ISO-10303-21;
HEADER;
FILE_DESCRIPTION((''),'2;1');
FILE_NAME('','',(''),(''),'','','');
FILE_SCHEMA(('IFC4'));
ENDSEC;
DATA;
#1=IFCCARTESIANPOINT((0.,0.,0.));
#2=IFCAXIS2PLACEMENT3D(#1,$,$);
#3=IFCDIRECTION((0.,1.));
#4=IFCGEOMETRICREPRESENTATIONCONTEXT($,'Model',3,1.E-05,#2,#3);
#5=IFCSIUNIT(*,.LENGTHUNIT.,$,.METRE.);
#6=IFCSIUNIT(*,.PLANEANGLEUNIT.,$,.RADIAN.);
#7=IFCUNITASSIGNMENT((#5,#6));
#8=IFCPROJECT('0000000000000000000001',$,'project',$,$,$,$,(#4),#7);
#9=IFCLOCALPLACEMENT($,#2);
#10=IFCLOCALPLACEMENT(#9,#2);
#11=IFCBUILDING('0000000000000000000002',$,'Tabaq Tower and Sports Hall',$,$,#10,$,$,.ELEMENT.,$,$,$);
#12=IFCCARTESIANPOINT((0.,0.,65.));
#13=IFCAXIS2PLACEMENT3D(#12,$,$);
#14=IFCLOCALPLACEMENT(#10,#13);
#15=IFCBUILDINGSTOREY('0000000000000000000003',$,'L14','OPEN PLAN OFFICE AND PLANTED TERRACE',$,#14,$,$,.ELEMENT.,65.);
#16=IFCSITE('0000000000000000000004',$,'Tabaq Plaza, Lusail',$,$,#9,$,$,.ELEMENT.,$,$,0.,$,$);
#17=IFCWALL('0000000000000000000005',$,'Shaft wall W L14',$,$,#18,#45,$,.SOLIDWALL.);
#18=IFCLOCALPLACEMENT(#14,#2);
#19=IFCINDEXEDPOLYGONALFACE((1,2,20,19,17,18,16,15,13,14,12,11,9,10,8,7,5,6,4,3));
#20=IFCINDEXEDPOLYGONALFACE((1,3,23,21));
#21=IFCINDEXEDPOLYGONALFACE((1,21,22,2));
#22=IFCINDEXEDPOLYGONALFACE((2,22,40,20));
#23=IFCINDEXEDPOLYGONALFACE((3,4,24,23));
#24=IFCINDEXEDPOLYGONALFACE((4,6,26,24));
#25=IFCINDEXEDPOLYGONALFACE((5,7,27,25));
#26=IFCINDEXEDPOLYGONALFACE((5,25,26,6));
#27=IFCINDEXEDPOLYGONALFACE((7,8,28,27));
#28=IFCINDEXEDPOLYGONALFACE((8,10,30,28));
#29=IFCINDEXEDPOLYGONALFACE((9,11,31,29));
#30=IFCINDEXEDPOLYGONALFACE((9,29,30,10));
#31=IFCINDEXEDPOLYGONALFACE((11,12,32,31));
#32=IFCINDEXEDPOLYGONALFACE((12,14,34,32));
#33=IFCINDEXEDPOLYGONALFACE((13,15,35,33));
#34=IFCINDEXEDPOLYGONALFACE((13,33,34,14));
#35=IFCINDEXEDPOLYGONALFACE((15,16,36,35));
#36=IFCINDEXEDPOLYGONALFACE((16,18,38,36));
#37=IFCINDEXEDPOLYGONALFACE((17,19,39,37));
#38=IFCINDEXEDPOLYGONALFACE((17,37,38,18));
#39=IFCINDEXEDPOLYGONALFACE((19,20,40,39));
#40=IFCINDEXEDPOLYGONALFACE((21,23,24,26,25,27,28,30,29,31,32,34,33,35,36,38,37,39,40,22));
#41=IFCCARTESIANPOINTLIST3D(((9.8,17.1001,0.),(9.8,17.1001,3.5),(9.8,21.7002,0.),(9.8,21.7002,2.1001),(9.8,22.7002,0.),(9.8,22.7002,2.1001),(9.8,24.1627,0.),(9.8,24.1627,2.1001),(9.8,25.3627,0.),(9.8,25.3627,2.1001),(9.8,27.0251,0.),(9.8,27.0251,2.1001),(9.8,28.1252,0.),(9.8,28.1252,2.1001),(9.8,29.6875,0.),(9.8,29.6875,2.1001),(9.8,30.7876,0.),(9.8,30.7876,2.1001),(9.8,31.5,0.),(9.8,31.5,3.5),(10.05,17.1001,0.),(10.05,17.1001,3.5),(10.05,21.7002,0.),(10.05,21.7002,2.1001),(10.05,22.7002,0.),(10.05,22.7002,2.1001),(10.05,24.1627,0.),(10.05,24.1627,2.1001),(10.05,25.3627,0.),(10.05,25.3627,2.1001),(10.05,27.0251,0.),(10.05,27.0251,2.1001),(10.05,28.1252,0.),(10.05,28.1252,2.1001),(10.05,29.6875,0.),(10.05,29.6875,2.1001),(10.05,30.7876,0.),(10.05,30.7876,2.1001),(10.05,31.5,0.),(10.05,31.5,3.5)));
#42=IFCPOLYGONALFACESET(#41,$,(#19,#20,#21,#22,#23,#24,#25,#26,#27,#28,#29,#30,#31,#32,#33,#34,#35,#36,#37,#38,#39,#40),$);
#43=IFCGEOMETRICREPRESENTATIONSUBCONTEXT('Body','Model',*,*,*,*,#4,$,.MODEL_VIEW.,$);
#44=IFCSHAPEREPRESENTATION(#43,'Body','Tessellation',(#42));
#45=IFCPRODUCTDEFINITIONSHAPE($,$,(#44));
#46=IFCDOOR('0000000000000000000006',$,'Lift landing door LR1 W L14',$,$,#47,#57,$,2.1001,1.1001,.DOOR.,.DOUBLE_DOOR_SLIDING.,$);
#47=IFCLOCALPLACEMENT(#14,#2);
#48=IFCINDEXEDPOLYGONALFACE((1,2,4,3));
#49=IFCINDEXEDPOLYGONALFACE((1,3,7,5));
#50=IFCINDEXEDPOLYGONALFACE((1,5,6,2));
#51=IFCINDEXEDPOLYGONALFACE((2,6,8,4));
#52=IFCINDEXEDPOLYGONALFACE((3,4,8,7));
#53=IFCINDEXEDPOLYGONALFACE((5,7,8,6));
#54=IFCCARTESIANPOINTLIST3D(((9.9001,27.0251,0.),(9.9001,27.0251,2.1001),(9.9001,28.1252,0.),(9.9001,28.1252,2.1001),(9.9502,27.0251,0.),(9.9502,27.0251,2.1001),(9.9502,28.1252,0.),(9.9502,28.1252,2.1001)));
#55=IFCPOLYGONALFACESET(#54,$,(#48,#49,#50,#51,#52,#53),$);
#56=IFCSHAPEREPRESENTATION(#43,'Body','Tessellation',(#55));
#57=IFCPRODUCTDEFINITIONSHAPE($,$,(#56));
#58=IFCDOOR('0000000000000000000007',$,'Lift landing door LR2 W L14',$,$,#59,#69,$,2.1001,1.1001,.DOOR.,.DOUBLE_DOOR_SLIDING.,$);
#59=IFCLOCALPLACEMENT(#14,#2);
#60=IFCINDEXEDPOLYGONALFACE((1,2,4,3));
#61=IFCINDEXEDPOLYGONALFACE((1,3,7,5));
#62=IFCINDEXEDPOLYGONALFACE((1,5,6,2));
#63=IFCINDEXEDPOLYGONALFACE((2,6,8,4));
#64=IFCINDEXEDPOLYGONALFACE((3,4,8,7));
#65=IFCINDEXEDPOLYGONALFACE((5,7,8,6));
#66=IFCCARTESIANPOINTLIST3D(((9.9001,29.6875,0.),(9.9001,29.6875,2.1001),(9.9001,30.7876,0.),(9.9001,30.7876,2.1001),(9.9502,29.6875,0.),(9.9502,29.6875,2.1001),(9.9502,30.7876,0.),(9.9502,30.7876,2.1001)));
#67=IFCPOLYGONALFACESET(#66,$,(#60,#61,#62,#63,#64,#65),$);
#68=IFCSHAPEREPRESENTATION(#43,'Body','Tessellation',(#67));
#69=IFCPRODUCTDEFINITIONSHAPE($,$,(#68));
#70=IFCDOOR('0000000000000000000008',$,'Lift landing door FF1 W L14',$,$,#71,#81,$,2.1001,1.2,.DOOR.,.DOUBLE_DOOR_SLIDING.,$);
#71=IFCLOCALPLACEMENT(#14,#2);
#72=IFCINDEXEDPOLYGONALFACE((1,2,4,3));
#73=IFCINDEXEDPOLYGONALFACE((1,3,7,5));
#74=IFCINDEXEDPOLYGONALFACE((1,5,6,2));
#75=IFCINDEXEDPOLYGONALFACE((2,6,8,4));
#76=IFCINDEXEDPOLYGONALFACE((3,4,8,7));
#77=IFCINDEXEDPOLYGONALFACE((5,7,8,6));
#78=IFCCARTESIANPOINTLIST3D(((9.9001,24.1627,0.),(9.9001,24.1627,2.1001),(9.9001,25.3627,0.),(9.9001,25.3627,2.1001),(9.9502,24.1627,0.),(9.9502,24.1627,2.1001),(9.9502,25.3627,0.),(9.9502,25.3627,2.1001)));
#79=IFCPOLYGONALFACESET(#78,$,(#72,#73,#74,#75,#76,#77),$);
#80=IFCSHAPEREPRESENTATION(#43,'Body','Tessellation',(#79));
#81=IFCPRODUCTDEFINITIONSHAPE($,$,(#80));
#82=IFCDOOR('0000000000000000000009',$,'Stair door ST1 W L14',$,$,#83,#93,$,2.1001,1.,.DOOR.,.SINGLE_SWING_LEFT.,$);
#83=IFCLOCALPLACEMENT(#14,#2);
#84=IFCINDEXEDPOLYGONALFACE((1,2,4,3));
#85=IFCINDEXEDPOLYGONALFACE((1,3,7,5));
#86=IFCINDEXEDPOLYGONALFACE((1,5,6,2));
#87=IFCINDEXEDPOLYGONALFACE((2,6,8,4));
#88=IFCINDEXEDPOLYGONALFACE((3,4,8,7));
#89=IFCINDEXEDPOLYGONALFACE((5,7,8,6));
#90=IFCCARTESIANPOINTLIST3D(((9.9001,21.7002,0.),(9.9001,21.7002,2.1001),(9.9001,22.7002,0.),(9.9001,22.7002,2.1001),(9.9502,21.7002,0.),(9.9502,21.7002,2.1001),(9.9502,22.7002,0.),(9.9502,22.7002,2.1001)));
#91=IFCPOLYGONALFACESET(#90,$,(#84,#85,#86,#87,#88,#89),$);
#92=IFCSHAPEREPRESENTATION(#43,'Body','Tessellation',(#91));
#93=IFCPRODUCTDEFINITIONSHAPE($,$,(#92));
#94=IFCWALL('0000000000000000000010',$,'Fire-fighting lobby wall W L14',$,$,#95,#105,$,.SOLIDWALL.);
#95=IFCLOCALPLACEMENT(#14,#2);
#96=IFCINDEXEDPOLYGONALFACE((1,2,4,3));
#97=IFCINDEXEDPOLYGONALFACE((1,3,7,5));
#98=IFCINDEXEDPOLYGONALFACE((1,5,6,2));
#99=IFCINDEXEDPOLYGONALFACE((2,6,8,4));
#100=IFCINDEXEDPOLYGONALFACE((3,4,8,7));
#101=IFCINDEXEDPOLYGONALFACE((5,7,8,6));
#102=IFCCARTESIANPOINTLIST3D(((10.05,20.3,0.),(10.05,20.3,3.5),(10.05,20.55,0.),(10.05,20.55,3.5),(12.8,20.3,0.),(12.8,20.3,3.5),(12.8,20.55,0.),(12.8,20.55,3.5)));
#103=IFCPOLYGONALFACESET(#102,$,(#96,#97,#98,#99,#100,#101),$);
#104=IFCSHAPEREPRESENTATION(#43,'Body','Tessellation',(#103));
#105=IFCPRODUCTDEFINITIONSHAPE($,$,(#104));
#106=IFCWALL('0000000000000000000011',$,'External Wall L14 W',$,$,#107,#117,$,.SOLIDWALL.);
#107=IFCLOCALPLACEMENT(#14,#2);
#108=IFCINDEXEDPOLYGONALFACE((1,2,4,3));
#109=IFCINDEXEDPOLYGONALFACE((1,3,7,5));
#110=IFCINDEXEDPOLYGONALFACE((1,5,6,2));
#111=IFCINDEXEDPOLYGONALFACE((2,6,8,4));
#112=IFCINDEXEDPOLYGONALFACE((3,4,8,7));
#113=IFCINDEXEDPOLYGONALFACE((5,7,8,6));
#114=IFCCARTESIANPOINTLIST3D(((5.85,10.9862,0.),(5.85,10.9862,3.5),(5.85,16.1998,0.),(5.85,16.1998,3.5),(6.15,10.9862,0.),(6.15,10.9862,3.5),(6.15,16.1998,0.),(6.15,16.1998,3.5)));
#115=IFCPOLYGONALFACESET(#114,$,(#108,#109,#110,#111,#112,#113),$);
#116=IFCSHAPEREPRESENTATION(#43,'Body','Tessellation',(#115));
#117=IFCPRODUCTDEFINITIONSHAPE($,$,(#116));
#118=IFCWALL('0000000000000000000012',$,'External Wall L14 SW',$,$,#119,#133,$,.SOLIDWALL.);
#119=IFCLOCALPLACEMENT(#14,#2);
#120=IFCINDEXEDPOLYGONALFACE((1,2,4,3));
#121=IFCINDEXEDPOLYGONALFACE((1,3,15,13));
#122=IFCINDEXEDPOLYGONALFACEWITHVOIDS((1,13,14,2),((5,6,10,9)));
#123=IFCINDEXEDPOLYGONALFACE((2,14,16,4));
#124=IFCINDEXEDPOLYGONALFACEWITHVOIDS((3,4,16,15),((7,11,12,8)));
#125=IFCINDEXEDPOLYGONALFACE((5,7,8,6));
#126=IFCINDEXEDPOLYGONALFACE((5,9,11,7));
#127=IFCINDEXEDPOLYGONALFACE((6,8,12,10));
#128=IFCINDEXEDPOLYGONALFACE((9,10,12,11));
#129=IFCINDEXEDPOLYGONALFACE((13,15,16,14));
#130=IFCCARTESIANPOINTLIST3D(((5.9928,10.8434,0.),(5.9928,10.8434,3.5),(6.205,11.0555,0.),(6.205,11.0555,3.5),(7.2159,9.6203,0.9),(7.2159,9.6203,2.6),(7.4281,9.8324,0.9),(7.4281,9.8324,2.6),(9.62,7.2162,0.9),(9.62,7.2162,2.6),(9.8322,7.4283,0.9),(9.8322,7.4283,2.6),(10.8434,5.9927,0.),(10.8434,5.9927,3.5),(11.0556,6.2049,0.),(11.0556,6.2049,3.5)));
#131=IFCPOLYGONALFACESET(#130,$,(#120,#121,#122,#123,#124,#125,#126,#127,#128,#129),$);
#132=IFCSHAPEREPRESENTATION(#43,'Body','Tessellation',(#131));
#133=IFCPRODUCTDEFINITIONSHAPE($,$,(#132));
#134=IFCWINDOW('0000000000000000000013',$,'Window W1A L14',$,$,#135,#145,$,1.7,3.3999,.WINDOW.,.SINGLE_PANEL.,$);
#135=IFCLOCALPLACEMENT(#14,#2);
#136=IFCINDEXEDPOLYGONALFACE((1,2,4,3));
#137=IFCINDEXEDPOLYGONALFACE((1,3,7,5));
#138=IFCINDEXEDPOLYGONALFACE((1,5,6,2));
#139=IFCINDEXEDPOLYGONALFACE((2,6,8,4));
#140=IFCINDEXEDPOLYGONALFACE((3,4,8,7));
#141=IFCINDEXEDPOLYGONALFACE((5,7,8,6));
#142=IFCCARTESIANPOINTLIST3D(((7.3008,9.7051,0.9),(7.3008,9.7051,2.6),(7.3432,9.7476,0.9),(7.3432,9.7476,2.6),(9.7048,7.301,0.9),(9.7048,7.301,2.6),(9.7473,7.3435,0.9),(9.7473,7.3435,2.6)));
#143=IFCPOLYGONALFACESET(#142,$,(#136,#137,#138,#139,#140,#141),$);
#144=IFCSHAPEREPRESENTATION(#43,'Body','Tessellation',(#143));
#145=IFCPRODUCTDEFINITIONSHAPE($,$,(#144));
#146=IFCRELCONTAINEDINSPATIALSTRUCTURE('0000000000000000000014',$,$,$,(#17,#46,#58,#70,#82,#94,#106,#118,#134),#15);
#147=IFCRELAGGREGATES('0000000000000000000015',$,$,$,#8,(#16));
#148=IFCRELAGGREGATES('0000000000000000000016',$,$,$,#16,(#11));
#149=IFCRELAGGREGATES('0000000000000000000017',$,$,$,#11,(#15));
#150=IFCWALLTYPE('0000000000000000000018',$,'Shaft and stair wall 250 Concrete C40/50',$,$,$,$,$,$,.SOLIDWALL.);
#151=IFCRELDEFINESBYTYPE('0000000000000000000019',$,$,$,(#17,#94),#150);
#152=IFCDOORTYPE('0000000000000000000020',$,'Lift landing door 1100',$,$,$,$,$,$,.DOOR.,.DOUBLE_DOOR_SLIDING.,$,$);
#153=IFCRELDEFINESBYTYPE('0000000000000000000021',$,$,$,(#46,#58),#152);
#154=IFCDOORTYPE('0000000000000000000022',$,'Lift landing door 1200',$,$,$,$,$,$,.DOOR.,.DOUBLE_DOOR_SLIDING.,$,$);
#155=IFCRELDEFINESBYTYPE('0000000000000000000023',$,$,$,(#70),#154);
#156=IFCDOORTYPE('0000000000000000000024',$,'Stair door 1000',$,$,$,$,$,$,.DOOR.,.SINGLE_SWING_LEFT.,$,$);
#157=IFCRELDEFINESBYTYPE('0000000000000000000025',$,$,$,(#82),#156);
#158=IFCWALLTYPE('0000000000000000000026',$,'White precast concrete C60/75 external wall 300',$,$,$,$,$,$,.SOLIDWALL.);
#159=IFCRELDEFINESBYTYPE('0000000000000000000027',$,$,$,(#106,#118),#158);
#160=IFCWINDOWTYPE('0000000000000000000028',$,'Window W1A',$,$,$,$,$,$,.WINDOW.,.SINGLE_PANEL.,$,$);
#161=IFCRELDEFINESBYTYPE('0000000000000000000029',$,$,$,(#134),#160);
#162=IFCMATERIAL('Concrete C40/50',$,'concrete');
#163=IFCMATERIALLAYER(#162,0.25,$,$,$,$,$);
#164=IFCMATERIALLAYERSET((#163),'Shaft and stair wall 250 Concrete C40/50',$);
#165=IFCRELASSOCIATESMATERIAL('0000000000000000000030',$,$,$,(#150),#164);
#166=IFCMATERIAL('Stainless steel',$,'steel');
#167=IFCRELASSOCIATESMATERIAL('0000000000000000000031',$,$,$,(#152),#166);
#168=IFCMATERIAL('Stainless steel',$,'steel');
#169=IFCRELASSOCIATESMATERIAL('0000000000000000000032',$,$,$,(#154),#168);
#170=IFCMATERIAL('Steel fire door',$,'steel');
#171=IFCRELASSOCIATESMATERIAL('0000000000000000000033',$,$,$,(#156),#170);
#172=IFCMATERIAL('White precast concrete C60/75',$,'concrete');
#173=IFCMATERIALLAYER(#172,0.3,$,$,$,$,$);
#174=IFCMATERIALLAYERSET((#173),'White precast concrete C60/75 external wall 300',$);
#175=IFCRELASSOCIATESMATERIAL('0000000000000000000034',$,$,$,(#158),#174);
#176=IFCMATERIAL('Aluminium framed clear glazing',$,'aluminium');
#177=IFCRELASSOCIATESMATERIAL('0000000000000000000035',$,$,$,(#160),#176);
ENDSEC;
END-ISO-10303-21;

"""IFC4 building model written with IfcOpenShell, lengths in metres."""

from ifc_helpers import new_model, si_unit, direction, frame, frame_2d, origin, place, context, subcontext, project, spatial, rectangle, extrude, material, layer, layer_set, type_object, element, fill, save


model = new_model("IFC4")

# Units and contexts
model_context = context("Model", 3, precision=1e-05, world=origin(), true_north=direction((0.0, 1.0)))
body_context = subcontext(model_context, "Body", "Model", "MODEL_VIEW")
ifc_project = project(units=[si_unit("LENGTHUNIT", "METRE"), si_unit("PLANEANGLEUNIT", "RADIAN")], contexts=[model_context])

# Site, building, storey
site_placement = place(None, origin())
site = spatial("IfcSite", under=ifc_project, at=site_placement, Name="Tabaq Plaza, Lusail", CompositionType="ELEMENT", RefElevation=0.0)
building_placement = place(site_placement, origin())
building = spatial("IfcBuilding", under=site, at=building_placement, Name="Tabaq Tower and Sports Hall", CompositionType="ELEMENT")
storey_placement = place(building_placement, frame((0.0, 0.0, 65.0)))
storey = spatial("IfcBuildingStorey", under=building, at=storey_placement, Name="L14", Description="OPEN PLAN OFFICE AND PLANTED TERRACE", CompositionType="ELEMENT", Elevation=65.0)

# Wall, openings, doors
ifc_material_1 = material(Name="Concrete C40/50", Category="concrete")
ifc_layer_1 = layer(ifc_material_1, 0.25)
ifc_layer_set_1 = layer_set([ifc_layer_1], Name="Shaft and stair wall 250 Concrete C40/50")
wall_type_1 = type_object("IfcWallType", Name="Shaft and stair wall 250 Concrete C40/50", PredefinedType="SOLIDWALL", material=ifc_layer_set_1)
wall_1_placement = place(storey_placement, frame((9.925, 17.1001, 0.0), z_axis=(0.0, 0.0, 1.0), x_axis=(0.0, 1.0, 0.0)))
wall_1 = element("IfcWall", 1, at=wall_1_placement, inside=storey, type_object=wall_type_1, Name="Shaft wall W L14", PredefinedType="SOLIDWALL", context=body_context, shape_type="SweptSolid", body=[
    extrude(rectangle(XDim=14.3999, YDim=0.25, at=frame_2d((7.2, 0.0))), origin(), (0.0, 0.0, 1.0), 3.5),
])
opening_1_placement = place(wall_1_placement, frame((4.6001, 0.0, 0.0)))
opening_1 = element("IfcOpeningElement", 2, at=opening_1_placement, cuts=wall_1, PredefinedType="OPENING", context=body_context, shape_type="SweptSolid", body=[
    extrude(rectangle(XDim=1.0, YDim=2.1001, at=frame_2d((0.5, 1.05))), frame((0.0, 0.125, 0.0), z_axis=(0.0, -1.0, 0.0), x_axis=(1.0, 0.0, 0.0)), (0.0, 0.0, 1.0), 0.25),
])
opening_2_placement = place(wall_1_placement, frame((7.0625, 0.0, 0.0)))
opening_2 = element("IfcOpeningElement", 3, at=opening_2_placement, cuts=wall_1, PredefinedType="OPENING", context=body_context, shape_type="SweptSolid", body=[
    extrude(rectangle(XDim=1.2, YDim=2.1001, at=frame_2d((0.6001, 1.05))), frame((0.0, 0.125, 0.0), z_axis=(0.0, -1.0, 0.0), x_axis=(1.0, 0.0, 0.0)), (0.0, 0.0, 1.0), 0.25),
])
opening_3_placement = place(wall_1_placement, frame((9.925, 0.0, 0.0)))
opening_3 = element("IfcOpeningElement", 4, at=opening_3_placement, cuts=wall_1, PredefinedType="OPENING", context=body_context, shape_type="SweptSolid", body=[
    extrude(rectangle(XDim=1.1001, YDim=2.1001, at=frame_2d((0.55, 1.05))), frame((0.0, 0.125, 0.0), z_axis=(0.0, -1.0, 0.0), x_axis=(1.0, 0.0, 0.0)), (0.0, 0.0, 1.0), 0.25),
])
opening_4_placement = place(wall_1_placement, frame((12.5874, 0.0, 0.0)))
opening_4 = element("IfcOpeningElement", 5, at=opening_4_placement, cuts=wall_1, PredefinedType="OPENING", context=body_context, shape_type="SweptSolid", body=[
    extrude(rectangle(XDim=1.1001, YDim=2.1001, at=frame_2d((0.55, 1.05))), frame((0.0, 0.125, 0.0), z_axis=(0.0, -1.0, 0.0), x_axis=(1.0, 0.0, 0.0)), (0.0, 0.0, 1.0), 0.25),
])
ifc_material_2 = material(Name="Stainless steel", Category="steel")
door_type_1 = type_object("IfcDoorType", Name="Lift landing door 1100", OperationType="DOUBLE_DOOR_SLIDING", PredefinedType="DOOR", material=ifc_material_2)
door_1_placement = place(opening_3_placement, origin())
door_1 = element("IfcDoor", 6, at=door_1_placement, inside=storey, type_object=door_type_1, Name="Lift landing door LR1 W L14", OperationType="DOUBLE_DOOR_SLIDING", OverallHeight=2.1001, OverallWidth=1.1001, PredefinedType="DOOR", context=body_context, shape_type="SweptSolid", body=[
    extrude(rectangle(XDim=1.1001, YDim=2.1001, at=frame_2d((0.55, 1.05))), frame((0.0, 0.0249, 0.0), z_axis=(0.0, -1.0, 0.0), x_axis=(1.0, 0.0, 0.0)), (0.0, 0.0, 1.0), 0.05),
])
fill(opening_3, door_1)
door_2_placement = place(opening_4_placement, origin())
door_2 = element("IfcDoor", 7, at=door_2_placement, inside=storey, type_object=door_type_1, Name="Lift landing door LR2 W L14", OperationType="DOUBLE_DOOR_SLIDING", OverallHeight=2.1001, OverallWidth=1.1001, PredefinedType="DOOR", context=body_context, shape_type="SweptSolid", body=[
    extrude(rectangle(XDim=1.1001, YDim=2.1001, at=frame_2d((0.55, 1.05))), frame((0.0, 0.0249, 0.0), z_axis=(0.0, -1.0, 0.0), x_axis=(1.0, 0.0, 0.0)), (0.0, 0.0, 1.0), 0.05),
])
fill(opening_4, door_2)
ifc_material_3 = material(Name="Stainless steel", Category="steel")
door_type_2 = type_object("IfcDoorType", Name="Lift landing door 1200", OperationType="DOUBLE_DOOR_SLIDING", PredefinedType="DOOR", material=ifc_material_3)
door_3_placement = place(opening_2_placement, origin())
door_3 = element("IfcDoor", 8, at=door_3_placement, inside=storey, type_object=door_type_2, Name="Lift landing door FF1 W L14", OperationType="DOUBLE_DOOR_SLIDING", OverallHeight=2.1001, OverallWidth=1.2, PredefinedType="DOOR", context=body_context, shape_type="SweptSolid", body=[
    extrude(rectangle(XDim=1.2, YDim=2.1001, at=frame_2d((0.6001, 1.05))), frame((0.0, 0.0249, 0.0), z_axis=(0.0, -1.0, 0.0), x_axis=(1.0, 0.0, 0.0)), (0.0, 0.0, 1.0), 0.05),
])
fill(opening_2, door_3)
ifc_material_4 = material(Name="Steel fire door", Category="steel")
door_type_3 = type_object("IfcDoorType", Name="Stair door 1000", OperationType="SINGLE_SWING_LEFT", PredefinedType="DOOR", material=ifc_material_4)
door_4_placement = place(opening_1_placement, origin())
door_4 = element("IfcDoor", 9, at=door_4_placement, inside=storey, type_object=door_type_3, Name="Stair door ST1 W L14", OperationType="SINGLE_SWING_LEFT", OverallHeight=2.1001, OverallWidth=1.0, PredefinedType="DOOR", context=body_context, shape_type="SweptSolid", body=[
    extrude(rectangle(XDim=1.0, YDim=2.1001, at=frame_2d((0.5, 1.05))), frame((0.0, 0.0249, 0.0), z_axis=(0.0, -1.0, 0.0), x_axis=(1.0, 0.0, 0.0)), (0.0, 0.0, 1.0), 0.05),
])
fill(opening_1, door_4)

# Walls
wall_2_placement = place(storey_placement, frame((10.05, 20.425, 0.0), z_axis=(0.0, 0.0, 1.0), x_axis=(1.0, 0.0, 0.0)))
element("IfcWall", 10, at=wall_2_placement, inside=storey, type_object=wall_type_1, Name="Fire-fighting lobby wall W L14", PredefinedType="SOLIDWALL", context=body_context, shape_type="SweptSolid", body=[
    extrude(rectangle(XDim=2.75, YDim=0.25, at=frame_2d((1.375, 0.0))), origin(), (0.0, 0.0, 1.0), 3.5),
])
ifc_material_5 = material(Name="White precast concrete C60/75", Category="concrete")
ifc_layer_2 = layer(ifc_material_5, 0.3)
ifc_layer_set_2 = layer_set([ifc_layer_2], Name="White precast concrete C60/75 external wall 300")
wall_type_2 = type_object("IfcWallType", Name="White precast concrete C60/75 external wall 300", PredefinedType="SOLIDWALL", material=ifc_layer_set_2)
wall_3_placement = place(storey_placement, frame((6.0, 16.2, 0.0), z_axis=(0.0, 0.0, 1.0), x_axis=(0.0, -1.0, 0.0)))
element("IfcWall", 11, at=wall_3_placement, inside=storey, type_object=wall_type_2, Name="External Wall L14 W", PredefinedType="SOLIDWALL", context=body_context, shape_type="SweptSolid", body=[
    extrude(rectangle(XDim=5.2136, YDim=0.3, at=frame_2d((2.6069, 0.0))), origin(), (0.0, 0.0, 1.0), 3.5),
])

# Wall, opening, window
wall_4_placement = place(storey_placement, frame((6.0989, 10.9495, 0.0), z_axis=(0.0, 0.0, 1.0), x_axis=(0.707107, -0.707107, 0.0)))
wall_4 = element("IfcWall", 12, at=wall_4_placement, inside=storey, type_object=wall_type_2, Name="External Wall L14 SW", PredefinedType="SOLIDWALL", context=body_context, shape_type="SweptSolid", body=[
    extrude(rectangle(XDim=6.8599, YDim=0.3, at=frame_2d((3.4299, 0.0))), origin(), (0.0, 0.0, 1.0), 3.5),
])
opening_5_placement = place(wall_4_placement, frame((1.7297, 0.0, 0.8999)))
opening_5 = element("IfcOpeningElement", 13, at=opening_5_placement, cuts=wall_4, PredefinedType="OPENING", context=body_context, shape_type="SweptSolid", body=[
    extrude(rectangle(XDim=3.3999, YDim=1.7, at=frame_2d((1.7, 0.8501))), frame((0.0, 0.1602, 0.0), z_axis=(0.0, -1.0, 0.0), x_axis=(1.0, 0.0, 0.0)), (0.0, 0.0, 1.0), 0.3201),
])
ifc_material_6 = material(Name="Aluminium framed clear glazing", Category="aluminium")
window_type = type_object("IfcWindowType", Name="Window W1A", PartitioningType="SINGLE_PANEL", PredefinedType="WINDOW", material=ifc_material_6)
window_placement = place(opening_5_placement, origin())
window = element("IfcWindow", 14, at=window_placement, inside=storey, type_object=window_type, Name="Window W1A L14", OverallHeight=1.7, OverallWidth=3.3999, PartitioningType="SINGLE_PANEL", PredefinedType="WINDOW", context=body_context, shape_type="SweptSolid", body=[
    extrude(rectangle(XDim=3.3999, YDim=1.7, at=frame_2d((1.7, 0.8501))), frame((0.0, 0.03, 0.0), z_axis=(0.0, -1.0, 0.0), x_axis=(1.0, 0.0, 0.0)), (0.0, 0.0, 1.0), 0.0601),
])
fill(opening_5, window)

save(model, "model.ifc")
